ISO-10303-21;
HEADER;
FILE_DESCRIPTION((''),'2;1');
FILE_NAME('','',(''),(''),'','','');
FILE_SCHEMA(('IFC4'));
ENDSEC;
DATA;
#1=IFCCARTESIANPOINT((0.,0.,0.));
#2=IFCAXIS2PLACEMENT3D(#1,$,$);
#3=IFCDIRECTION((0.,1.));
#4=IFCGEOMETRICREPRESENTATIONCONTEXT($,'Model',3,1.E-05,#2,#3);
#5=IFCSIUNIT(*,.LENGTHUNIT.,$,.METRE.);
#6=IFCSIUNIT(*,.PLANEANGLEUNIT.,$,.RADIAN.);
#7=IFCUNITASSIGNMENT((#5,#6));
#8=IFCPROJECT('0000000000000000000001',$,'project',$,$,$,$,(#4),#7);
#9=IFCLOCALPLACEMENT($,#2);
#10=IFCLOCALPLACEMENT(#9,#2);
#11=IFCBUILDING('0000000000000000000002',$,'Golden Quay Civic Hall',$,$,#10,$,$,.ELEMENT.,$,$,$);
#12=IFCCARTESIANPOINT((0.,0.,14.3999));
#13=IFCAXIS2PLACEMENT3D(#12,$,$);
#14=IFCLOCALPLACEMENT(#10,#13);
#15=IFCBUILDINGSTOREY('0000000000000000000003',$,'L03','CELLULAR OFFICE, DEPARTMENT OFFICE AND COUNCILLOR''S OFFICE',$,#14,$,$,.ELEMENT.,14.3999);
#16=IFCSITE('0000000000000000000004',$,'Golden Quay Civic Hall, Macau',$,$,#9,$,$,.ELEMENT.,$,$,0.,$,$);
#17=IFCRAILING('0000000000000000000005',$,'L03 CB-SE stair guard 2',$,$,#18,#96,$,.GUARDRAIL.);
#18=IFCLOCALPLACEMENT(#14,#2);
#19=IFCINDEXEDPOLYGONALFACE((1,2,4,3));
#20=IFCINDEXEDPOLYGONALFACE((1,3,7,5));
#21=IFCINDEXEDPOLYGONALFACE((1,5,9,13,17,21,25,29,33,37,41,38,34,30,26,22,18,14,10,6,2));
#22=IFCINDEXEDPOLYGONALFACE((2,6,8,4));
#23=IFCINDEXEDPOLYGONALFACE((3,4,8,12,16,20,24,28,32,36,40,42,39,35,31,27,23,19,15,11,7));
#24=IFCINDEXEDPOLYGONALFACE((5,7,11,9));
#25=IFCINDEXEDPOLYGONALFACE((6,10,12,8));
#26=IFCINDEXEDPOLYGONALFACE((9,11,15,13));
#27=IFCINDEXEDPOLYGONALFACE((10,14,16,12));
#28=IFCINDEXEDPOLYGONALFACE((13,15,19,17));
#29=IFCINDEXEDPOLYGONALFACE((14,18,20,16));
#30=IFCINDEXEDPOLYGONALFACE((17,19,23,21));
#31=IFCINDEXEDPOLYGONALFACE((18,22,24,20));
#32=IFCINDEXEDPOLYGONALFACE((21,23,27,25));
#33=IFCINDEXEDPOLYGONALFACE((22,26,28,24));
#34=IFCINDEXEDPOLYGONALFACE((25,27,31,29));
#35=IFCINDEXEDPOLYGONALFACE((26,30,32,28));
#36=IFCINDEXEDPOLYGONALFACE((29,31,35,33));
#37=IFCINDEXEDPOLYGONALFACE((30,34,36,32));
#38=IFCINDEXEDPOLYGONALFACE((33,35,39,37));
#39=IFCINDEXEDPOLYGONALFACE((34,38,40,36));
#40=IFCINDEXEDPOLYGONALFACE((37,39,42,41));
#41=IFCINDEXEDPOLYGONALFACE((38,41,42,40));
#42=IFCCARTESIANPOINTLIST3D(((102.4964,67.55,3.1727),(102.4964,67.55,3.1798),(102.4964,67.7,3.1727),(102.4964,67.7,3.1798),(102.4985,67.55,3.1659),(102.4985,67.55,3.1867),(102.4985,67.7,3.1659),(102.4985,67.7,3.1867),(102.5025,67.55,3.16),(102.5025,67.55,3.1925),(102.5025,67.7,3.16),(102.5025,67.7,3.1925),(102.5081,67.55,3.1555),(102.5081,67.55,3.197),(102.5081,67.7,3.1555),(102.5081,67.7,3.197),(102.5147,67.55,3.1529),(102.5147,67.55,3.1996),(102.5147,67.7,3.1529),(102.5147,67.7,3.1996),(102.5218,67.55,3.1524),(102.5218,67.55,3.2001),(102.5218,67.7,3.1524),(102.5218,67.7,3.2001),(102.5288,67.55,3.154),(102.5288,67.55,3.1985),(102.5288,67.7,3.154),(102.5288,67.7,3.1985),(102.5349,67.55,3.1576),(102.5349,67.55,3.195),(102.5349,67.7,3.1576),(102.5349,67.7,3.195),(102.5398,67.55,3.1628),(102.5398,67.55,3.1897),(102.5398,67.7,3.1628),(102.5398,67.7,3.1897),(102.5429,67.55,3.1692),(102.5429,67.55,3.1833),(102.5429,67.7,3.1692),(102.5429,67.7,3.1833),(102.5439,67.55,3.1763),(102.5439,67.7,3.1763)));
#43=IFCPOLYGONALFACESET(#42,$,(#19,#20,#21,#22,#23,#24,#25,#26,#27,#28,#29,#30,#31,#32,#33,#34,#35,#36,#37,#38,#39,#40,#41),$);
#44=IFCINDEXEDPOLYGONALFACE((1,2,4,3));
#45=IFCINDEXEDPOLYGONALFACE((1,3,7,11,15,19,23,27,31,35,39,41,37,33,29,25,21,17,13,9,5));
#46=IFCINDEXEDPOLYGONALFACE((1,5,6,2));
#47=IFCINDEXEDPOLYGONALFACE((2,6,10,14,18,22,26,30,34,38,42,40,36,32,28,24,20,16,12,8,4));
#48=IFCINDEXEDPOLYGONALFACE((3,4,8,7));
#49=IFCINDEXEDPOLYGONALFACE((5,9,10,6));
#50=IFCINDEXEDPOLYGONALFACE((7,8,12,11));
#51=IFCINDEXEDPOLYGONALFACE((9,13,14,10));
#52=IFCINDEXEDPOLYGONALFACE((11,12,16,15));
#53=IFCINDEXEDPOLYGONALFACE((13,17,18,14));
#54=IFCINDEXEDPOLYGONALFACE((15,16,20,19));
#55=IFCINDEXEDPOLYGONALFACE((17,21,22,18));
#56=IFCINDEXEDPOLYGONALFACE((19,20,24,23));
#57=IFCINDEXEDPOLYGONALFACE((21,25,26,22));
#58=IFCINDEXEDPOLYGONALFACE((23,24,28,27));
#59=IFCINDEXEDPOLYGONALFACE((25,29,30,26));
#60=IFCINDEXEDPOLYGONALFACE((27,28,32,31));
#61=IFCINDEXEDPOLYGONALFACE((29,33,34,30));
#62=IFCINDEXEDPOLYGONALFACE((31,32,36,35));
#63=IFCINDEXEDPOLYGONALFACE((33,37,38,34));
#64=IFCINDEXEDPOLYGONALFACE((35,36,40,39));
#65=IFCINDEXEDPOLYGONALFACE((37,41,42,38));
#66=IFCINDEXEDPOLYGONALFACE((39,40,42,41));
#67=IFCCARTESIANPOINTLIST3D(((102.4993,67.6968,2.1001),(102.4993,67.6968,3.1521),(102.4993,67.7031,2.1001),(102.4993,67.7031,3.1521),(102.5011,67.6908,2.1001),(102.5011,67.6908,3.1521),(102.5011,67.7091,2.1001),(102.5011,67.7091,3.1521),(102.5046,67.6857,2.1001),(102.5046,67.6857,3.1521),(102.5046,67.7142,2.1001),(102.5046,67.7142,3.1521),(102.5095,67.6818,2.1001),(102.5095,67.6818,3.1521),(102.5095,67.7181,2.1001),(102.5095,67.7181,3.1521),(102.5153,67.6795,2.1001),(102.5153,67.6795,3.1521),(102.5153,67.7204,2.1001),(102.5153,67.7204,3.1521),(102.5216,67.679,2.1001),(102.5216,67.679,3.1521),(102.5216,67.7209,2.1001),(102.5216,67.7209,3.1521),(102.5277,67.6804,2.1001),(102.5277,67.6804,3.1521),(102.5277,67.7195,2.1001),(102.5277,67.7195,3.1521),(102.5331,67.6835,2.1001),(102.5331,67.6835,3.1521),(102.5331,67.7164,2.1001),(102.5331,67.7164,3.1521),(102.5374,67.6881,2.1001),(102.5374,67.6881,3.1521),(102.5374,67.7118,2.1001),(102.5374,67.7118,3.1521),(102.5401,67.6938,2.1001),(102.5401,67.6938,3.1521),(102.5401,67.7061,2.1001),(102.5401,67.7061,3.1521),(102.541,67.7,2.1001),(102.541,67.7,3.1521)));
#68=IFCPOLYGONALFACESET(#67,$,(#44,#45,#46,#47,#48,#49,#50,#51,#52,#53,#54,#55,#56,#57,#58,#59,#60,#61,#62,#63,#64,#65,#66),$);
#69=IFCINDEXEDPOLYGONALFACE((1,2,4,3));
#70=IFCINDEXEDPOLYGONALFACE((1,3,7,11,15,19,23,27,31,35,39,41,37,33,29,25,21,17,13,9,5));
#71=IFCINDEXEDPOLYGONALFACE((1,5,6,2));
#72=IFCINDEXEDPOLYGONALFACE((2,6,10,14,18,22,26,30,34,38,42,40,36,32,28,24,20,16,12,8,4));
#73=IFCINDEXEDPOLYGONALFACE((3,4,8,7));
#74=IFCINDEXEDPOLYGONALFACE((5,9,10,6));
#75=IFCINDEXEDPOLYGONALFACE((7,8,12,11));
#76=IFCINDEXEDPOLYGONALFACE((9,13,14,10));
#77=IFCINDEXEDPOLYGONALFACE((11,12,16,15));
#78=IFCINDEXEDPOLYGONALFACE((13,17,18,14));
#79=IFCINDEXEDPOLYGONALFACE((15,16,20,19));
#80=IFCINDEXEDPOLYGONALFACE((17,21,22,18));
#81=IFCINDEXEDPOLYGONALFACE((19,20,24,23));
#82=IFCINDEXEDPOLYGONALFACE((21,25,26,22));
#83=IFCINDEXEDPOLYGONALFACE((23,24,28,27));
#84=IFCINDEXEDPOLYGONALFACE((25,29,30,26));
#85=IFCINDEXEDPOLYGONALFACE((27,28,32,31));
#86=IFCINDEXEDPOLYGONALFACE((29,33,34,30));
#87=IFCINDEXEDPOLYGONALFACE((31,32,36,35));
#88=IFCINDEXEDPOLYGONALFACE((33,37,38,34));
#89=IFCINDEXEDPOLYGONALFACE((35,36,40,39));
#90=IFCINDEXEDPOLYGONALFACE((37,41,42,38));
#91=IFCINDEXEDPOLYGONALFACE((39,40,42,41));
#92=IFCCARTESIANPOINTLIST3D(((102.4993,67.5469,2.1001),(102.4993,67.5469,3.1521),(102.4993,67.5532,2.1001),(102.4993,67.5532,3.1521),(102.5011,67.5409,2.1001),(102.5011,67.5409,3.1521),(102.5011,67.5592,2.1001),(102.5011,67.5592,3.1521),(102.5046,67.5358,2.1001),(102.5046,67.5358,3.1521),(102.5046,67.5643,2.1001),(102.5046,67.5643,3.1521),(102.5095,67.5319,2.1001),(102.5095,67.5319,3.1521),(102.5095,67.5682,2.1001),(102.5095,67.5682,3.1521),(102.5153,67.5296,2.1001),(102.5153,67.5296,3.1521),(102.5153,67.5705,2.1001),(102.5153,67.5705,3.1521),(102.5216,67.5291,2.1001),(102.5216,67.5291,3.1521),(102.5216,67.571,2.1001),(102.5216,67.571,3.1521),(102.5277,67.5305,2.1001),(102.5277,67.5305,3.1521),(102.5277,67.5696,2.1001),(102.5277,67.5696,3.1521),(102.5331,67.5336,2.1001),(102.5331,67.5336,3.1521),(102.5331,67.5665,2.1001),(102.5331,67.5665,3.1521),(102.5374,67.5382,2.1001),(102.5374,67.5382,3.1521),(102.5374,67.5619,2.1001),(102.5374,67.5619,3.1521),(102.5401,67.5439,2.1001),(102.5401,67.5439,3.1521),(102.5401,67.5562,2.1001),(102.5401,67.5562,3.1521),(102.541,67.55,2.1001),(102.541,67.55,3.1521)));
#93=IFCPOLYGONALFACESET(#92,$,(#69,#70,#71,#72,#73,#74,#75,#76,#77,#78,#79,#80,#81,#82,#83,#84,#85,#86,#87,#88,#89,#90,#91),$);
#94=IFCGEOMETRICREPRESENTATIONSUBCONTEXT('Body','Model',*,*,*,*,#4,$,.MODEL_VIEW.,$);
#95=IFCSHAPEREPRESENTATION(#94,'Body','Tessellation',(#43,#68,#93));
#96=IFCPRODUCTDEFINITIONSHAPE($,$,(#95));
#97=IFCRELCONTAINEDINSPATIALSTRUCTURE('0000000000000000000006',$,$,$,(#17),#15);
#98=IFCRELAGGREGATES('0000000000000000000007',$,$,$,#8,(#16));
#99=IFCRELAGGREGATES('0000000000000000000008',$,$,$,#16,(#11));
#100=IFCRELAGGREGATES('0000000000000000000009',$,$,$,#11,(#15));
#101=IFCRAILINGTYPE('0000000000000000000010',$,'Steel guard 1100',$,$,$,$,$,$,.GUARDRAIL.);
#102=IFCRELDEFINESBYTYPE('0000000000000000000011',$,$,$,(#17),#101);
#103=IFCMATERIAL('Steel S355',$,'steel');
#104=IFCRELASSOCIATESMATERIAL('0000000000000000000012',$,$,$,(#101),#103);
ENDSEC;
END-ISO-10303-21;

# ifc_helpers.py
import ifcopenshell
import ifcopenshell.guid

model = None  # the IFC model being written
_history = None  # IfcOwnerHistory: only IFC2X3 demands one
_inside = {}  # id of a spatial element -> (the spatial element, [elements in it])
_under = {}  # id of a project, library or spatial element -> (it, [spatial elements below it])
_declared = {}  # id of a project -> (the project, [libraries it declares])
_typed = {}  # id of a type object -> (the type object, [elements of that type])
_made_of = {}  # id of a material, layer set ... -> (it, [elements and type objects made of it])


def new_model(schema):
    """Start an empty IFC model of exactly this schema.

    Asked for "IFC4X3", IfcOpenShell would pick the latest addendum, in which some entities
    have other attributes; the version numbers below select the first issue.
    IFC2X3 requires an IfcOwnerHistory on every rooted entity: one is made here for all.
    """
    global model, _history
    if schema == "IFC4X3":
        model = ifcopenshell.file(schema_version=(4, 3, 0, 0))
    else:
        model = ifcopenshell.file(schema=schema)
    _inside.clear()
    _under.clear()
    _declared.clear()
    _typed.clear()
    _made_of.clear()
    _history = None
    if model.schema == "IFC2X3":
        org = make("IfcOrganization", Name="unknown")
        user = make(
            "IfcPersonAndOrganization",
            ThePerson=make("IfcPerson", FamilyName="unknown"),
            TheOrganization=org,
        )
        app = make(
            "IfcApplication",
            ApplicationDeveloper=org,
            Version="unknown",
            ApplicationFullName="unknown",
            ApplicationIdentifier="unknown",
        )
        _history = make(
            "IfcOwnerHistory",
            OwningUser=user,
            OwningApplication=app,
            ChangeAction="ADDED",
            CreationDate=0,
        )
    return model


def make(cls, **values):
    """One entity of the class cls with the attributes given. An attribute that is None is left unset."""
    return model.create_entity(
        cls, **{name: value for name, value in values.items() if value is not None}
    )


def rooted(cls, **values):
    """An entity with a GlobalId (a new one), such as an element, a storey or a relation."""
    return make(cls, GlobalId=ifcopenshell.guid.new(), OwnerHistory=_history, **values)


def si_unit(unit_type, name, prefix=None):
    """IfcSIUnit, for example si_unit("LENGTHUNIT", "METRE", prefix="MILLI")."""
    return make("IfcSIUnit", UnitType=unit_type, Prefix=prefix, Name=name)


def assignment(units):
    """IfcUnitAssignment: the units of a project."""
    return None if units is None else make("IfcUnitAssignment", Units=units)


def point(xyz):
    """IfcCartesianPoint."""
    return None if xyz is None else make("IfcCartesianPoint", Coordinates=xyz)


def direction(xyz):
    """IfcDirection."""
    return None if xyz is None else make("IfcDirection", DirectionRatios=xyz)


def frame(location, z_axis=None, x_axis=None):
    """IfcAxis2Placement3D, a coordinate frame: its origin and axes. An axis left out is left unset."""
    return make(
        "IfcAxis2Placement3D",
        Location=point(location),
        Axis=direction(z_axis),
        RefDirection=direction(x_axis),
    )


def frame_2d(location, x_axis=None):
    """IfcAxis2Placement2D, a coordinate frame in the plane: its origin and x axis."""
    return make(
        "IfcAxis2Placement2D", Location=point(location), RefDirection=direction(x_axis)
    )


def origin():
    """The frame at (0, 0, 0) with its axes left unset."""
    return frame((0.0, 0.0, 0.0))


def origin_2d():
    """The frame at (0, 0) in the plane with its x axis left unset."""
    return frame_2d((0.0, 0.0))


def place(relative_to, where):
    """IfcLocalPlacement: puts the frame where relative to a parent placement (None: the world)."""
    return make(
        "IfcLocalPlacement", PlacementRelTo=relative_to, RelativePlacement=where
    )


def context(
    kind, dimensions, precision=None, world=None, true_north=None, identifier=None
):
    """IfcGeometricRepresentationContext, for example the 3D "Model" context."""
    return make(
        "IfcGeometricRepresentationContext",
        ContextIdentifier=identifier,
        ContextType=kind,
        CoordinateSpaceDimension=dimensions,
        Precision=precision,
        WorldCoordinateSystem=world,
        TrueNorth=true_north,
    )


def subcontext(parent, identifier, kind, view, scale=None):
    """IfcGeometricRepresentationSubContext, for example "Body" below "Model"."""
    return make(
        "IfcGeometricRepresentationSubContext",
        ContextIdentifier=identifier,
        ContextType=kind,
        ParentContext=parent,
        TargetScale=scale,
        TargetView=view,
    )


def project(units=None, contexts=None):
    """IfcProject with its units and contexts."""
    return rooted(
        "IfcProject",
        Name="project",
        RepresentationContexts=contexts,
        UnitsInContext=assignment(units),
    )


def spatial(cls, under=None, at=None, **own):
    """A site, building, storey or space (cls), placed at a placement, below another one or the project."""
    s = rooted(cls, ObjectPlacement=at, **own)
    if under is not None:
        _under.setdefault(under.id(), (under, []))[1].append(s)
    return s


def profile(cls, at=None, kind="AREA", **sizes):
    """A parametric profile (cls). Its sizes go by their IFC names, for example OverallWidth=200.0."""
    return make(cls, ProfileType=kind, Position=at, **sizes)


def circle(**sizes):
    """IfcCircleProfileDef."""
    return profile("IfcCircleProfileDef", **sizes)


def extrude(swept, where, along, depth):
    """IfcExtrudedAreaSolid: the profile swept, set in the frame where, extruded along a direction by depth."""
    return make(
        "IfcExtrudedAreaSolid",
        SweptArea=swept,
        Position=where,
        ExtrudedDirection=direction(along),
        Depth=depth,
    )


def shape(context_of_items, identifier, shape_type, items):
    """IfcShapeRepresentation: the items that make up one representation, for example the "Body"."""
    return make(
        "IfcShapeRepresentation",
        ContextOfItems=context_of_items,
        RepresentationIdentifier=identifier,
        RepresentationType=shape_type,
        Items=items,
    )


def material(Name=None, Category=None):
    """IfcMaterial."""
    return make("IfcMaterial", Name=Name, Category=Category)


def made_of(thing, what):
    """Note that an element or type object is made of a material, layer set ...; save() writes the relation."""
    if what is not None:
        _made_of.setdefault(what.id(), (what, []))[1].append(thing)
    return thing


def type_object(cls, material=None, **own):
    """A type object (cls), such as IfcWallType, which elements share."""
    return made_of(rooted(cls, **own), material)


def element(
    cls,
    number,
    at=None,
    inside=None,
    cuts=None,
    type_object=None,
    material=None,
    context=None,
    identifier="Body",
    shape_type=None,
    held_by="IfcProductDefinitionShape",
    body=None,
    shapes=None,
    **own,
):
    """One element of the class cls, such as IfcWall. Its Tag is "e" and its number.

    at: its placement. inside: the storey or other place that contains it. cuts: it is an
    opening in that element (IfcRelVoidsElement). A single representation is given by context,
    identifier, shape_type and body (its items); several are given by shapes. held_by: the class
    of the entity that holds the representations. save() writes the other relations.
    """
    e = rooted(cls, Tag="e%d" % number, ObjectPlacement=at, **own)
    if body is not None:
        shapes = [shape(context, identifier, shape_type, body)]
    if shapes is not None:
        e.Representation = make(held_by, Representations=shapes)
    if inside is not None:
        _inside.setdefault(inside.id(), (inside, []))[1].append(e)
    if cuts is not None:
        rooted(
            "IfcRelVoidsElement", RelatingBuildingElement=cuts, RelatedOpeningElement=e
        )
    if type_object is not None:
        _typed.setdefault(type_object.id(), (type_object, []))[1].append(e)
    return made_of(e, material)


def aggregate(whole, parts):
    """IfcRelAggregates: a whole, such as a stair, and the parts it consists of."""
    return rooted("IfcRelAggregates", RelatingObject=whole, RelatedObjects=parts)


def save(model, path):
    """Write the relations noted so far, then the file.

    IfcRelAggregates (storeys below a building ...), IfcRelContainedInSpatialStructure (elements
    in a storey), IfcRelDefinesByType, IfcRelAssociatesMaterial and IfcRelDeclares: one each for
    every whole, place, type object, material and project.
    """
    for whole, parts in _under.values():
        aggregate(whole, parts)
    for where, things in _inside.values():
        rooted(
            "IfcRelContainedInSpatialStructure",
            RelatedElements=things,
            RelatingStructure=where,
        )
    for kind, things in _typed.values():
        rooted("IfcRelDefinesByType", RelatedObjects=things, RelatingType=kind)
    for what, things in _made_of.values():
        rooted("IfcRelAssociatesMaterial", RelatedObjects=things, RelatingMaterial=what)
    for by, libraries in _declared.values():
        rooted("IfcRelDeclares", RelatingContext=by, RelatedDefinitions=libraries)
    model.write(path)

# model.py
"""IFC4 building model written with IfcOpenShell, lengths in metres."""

from ifc_helpers import new_model, si_unit, direction, frame, origin, origin_2d, place, context, subcontext, project, spatial, circle, extrude, material, type_object, element, save


model = new_model("IFC4")

# Units and contexts
model_context = context("Model", 3, precision=1e-05, world=origin(), true_north=direction((0.0, 1.0)))
body_context = subcontext(model_context, "Body", "Model", "MODEL_VIEW")
ifc_project = project(units=[si_unit("LENGTHUNIT", "METRE"), si_unit("PLANEANGLEUNIT", "RADIAN")], contexts=[model_context])

# Site, building, storey
site_placement = place(None, origin())
site = spatial("IfcSite", under=ifc_project, at=site_placement, Name="Golden Quay Civic Hall, Macau", CompositionType="ELEMENT", RefElevation=0.0)
building_placement = place(site_placement, origin())
building = spatial("IfcBuilding", under=site, at=building_placement, Name="Golden Quay Civic Hall", CompositionType="ELEMENT")
storey_placement = place(building_placement, frame((0.0, 0.0, 14.3999)))
storey = spatial("IfcBuildingStorey", under=building, at=storey_placement, Name="L03", Description="CELLULAR OFFICE, DEPARTMENT OFFICE AND COUNCILLOR'S OFFICE", CompositionType="ELEMENT", Elevation=14.3999)

# Railing
ifc_material_1 = material(Name="Steel S355", Category="steel")
railing_type_1 = type_object("IfcRailingType", Name="Steel guard 1100", PredefinedType="GUARDRAIL", material=ifc_material_1)
railing_1_placement = place(storey_placement, frame((102.52, 67.7, 2.1001)))
element("IfcRailing", 1, at=railing_1_placement, inside=storey, type_object=railing_type_1, Name="L03 CB-SE stair guard 2", PredefinedType="GUARDRAIL", context=body_context, shape_type="SweptSolid", body=[
    extrude(circle(Radius=0.0239, at=origin_2d()), frame((0.0, 0.0, 1.0762), z_axis=(0.0, -1.0, 0.0), x_axis=(1.0, 0.0, 0.0)), (0.0, 0.0, 1.0), 0.1499),
    extrude(circle(Radius=0.021, at=origin_2d()), origin(), (0.0, 0.0, 1.0), 1.052),
    extrude(circle(Radius=0.021, at=origin_2d()), frame((0.0, -0.1499, 0.0)), (0.0, 0.0, 1.0), 1.052),
])

save(model, "model.ifc")
